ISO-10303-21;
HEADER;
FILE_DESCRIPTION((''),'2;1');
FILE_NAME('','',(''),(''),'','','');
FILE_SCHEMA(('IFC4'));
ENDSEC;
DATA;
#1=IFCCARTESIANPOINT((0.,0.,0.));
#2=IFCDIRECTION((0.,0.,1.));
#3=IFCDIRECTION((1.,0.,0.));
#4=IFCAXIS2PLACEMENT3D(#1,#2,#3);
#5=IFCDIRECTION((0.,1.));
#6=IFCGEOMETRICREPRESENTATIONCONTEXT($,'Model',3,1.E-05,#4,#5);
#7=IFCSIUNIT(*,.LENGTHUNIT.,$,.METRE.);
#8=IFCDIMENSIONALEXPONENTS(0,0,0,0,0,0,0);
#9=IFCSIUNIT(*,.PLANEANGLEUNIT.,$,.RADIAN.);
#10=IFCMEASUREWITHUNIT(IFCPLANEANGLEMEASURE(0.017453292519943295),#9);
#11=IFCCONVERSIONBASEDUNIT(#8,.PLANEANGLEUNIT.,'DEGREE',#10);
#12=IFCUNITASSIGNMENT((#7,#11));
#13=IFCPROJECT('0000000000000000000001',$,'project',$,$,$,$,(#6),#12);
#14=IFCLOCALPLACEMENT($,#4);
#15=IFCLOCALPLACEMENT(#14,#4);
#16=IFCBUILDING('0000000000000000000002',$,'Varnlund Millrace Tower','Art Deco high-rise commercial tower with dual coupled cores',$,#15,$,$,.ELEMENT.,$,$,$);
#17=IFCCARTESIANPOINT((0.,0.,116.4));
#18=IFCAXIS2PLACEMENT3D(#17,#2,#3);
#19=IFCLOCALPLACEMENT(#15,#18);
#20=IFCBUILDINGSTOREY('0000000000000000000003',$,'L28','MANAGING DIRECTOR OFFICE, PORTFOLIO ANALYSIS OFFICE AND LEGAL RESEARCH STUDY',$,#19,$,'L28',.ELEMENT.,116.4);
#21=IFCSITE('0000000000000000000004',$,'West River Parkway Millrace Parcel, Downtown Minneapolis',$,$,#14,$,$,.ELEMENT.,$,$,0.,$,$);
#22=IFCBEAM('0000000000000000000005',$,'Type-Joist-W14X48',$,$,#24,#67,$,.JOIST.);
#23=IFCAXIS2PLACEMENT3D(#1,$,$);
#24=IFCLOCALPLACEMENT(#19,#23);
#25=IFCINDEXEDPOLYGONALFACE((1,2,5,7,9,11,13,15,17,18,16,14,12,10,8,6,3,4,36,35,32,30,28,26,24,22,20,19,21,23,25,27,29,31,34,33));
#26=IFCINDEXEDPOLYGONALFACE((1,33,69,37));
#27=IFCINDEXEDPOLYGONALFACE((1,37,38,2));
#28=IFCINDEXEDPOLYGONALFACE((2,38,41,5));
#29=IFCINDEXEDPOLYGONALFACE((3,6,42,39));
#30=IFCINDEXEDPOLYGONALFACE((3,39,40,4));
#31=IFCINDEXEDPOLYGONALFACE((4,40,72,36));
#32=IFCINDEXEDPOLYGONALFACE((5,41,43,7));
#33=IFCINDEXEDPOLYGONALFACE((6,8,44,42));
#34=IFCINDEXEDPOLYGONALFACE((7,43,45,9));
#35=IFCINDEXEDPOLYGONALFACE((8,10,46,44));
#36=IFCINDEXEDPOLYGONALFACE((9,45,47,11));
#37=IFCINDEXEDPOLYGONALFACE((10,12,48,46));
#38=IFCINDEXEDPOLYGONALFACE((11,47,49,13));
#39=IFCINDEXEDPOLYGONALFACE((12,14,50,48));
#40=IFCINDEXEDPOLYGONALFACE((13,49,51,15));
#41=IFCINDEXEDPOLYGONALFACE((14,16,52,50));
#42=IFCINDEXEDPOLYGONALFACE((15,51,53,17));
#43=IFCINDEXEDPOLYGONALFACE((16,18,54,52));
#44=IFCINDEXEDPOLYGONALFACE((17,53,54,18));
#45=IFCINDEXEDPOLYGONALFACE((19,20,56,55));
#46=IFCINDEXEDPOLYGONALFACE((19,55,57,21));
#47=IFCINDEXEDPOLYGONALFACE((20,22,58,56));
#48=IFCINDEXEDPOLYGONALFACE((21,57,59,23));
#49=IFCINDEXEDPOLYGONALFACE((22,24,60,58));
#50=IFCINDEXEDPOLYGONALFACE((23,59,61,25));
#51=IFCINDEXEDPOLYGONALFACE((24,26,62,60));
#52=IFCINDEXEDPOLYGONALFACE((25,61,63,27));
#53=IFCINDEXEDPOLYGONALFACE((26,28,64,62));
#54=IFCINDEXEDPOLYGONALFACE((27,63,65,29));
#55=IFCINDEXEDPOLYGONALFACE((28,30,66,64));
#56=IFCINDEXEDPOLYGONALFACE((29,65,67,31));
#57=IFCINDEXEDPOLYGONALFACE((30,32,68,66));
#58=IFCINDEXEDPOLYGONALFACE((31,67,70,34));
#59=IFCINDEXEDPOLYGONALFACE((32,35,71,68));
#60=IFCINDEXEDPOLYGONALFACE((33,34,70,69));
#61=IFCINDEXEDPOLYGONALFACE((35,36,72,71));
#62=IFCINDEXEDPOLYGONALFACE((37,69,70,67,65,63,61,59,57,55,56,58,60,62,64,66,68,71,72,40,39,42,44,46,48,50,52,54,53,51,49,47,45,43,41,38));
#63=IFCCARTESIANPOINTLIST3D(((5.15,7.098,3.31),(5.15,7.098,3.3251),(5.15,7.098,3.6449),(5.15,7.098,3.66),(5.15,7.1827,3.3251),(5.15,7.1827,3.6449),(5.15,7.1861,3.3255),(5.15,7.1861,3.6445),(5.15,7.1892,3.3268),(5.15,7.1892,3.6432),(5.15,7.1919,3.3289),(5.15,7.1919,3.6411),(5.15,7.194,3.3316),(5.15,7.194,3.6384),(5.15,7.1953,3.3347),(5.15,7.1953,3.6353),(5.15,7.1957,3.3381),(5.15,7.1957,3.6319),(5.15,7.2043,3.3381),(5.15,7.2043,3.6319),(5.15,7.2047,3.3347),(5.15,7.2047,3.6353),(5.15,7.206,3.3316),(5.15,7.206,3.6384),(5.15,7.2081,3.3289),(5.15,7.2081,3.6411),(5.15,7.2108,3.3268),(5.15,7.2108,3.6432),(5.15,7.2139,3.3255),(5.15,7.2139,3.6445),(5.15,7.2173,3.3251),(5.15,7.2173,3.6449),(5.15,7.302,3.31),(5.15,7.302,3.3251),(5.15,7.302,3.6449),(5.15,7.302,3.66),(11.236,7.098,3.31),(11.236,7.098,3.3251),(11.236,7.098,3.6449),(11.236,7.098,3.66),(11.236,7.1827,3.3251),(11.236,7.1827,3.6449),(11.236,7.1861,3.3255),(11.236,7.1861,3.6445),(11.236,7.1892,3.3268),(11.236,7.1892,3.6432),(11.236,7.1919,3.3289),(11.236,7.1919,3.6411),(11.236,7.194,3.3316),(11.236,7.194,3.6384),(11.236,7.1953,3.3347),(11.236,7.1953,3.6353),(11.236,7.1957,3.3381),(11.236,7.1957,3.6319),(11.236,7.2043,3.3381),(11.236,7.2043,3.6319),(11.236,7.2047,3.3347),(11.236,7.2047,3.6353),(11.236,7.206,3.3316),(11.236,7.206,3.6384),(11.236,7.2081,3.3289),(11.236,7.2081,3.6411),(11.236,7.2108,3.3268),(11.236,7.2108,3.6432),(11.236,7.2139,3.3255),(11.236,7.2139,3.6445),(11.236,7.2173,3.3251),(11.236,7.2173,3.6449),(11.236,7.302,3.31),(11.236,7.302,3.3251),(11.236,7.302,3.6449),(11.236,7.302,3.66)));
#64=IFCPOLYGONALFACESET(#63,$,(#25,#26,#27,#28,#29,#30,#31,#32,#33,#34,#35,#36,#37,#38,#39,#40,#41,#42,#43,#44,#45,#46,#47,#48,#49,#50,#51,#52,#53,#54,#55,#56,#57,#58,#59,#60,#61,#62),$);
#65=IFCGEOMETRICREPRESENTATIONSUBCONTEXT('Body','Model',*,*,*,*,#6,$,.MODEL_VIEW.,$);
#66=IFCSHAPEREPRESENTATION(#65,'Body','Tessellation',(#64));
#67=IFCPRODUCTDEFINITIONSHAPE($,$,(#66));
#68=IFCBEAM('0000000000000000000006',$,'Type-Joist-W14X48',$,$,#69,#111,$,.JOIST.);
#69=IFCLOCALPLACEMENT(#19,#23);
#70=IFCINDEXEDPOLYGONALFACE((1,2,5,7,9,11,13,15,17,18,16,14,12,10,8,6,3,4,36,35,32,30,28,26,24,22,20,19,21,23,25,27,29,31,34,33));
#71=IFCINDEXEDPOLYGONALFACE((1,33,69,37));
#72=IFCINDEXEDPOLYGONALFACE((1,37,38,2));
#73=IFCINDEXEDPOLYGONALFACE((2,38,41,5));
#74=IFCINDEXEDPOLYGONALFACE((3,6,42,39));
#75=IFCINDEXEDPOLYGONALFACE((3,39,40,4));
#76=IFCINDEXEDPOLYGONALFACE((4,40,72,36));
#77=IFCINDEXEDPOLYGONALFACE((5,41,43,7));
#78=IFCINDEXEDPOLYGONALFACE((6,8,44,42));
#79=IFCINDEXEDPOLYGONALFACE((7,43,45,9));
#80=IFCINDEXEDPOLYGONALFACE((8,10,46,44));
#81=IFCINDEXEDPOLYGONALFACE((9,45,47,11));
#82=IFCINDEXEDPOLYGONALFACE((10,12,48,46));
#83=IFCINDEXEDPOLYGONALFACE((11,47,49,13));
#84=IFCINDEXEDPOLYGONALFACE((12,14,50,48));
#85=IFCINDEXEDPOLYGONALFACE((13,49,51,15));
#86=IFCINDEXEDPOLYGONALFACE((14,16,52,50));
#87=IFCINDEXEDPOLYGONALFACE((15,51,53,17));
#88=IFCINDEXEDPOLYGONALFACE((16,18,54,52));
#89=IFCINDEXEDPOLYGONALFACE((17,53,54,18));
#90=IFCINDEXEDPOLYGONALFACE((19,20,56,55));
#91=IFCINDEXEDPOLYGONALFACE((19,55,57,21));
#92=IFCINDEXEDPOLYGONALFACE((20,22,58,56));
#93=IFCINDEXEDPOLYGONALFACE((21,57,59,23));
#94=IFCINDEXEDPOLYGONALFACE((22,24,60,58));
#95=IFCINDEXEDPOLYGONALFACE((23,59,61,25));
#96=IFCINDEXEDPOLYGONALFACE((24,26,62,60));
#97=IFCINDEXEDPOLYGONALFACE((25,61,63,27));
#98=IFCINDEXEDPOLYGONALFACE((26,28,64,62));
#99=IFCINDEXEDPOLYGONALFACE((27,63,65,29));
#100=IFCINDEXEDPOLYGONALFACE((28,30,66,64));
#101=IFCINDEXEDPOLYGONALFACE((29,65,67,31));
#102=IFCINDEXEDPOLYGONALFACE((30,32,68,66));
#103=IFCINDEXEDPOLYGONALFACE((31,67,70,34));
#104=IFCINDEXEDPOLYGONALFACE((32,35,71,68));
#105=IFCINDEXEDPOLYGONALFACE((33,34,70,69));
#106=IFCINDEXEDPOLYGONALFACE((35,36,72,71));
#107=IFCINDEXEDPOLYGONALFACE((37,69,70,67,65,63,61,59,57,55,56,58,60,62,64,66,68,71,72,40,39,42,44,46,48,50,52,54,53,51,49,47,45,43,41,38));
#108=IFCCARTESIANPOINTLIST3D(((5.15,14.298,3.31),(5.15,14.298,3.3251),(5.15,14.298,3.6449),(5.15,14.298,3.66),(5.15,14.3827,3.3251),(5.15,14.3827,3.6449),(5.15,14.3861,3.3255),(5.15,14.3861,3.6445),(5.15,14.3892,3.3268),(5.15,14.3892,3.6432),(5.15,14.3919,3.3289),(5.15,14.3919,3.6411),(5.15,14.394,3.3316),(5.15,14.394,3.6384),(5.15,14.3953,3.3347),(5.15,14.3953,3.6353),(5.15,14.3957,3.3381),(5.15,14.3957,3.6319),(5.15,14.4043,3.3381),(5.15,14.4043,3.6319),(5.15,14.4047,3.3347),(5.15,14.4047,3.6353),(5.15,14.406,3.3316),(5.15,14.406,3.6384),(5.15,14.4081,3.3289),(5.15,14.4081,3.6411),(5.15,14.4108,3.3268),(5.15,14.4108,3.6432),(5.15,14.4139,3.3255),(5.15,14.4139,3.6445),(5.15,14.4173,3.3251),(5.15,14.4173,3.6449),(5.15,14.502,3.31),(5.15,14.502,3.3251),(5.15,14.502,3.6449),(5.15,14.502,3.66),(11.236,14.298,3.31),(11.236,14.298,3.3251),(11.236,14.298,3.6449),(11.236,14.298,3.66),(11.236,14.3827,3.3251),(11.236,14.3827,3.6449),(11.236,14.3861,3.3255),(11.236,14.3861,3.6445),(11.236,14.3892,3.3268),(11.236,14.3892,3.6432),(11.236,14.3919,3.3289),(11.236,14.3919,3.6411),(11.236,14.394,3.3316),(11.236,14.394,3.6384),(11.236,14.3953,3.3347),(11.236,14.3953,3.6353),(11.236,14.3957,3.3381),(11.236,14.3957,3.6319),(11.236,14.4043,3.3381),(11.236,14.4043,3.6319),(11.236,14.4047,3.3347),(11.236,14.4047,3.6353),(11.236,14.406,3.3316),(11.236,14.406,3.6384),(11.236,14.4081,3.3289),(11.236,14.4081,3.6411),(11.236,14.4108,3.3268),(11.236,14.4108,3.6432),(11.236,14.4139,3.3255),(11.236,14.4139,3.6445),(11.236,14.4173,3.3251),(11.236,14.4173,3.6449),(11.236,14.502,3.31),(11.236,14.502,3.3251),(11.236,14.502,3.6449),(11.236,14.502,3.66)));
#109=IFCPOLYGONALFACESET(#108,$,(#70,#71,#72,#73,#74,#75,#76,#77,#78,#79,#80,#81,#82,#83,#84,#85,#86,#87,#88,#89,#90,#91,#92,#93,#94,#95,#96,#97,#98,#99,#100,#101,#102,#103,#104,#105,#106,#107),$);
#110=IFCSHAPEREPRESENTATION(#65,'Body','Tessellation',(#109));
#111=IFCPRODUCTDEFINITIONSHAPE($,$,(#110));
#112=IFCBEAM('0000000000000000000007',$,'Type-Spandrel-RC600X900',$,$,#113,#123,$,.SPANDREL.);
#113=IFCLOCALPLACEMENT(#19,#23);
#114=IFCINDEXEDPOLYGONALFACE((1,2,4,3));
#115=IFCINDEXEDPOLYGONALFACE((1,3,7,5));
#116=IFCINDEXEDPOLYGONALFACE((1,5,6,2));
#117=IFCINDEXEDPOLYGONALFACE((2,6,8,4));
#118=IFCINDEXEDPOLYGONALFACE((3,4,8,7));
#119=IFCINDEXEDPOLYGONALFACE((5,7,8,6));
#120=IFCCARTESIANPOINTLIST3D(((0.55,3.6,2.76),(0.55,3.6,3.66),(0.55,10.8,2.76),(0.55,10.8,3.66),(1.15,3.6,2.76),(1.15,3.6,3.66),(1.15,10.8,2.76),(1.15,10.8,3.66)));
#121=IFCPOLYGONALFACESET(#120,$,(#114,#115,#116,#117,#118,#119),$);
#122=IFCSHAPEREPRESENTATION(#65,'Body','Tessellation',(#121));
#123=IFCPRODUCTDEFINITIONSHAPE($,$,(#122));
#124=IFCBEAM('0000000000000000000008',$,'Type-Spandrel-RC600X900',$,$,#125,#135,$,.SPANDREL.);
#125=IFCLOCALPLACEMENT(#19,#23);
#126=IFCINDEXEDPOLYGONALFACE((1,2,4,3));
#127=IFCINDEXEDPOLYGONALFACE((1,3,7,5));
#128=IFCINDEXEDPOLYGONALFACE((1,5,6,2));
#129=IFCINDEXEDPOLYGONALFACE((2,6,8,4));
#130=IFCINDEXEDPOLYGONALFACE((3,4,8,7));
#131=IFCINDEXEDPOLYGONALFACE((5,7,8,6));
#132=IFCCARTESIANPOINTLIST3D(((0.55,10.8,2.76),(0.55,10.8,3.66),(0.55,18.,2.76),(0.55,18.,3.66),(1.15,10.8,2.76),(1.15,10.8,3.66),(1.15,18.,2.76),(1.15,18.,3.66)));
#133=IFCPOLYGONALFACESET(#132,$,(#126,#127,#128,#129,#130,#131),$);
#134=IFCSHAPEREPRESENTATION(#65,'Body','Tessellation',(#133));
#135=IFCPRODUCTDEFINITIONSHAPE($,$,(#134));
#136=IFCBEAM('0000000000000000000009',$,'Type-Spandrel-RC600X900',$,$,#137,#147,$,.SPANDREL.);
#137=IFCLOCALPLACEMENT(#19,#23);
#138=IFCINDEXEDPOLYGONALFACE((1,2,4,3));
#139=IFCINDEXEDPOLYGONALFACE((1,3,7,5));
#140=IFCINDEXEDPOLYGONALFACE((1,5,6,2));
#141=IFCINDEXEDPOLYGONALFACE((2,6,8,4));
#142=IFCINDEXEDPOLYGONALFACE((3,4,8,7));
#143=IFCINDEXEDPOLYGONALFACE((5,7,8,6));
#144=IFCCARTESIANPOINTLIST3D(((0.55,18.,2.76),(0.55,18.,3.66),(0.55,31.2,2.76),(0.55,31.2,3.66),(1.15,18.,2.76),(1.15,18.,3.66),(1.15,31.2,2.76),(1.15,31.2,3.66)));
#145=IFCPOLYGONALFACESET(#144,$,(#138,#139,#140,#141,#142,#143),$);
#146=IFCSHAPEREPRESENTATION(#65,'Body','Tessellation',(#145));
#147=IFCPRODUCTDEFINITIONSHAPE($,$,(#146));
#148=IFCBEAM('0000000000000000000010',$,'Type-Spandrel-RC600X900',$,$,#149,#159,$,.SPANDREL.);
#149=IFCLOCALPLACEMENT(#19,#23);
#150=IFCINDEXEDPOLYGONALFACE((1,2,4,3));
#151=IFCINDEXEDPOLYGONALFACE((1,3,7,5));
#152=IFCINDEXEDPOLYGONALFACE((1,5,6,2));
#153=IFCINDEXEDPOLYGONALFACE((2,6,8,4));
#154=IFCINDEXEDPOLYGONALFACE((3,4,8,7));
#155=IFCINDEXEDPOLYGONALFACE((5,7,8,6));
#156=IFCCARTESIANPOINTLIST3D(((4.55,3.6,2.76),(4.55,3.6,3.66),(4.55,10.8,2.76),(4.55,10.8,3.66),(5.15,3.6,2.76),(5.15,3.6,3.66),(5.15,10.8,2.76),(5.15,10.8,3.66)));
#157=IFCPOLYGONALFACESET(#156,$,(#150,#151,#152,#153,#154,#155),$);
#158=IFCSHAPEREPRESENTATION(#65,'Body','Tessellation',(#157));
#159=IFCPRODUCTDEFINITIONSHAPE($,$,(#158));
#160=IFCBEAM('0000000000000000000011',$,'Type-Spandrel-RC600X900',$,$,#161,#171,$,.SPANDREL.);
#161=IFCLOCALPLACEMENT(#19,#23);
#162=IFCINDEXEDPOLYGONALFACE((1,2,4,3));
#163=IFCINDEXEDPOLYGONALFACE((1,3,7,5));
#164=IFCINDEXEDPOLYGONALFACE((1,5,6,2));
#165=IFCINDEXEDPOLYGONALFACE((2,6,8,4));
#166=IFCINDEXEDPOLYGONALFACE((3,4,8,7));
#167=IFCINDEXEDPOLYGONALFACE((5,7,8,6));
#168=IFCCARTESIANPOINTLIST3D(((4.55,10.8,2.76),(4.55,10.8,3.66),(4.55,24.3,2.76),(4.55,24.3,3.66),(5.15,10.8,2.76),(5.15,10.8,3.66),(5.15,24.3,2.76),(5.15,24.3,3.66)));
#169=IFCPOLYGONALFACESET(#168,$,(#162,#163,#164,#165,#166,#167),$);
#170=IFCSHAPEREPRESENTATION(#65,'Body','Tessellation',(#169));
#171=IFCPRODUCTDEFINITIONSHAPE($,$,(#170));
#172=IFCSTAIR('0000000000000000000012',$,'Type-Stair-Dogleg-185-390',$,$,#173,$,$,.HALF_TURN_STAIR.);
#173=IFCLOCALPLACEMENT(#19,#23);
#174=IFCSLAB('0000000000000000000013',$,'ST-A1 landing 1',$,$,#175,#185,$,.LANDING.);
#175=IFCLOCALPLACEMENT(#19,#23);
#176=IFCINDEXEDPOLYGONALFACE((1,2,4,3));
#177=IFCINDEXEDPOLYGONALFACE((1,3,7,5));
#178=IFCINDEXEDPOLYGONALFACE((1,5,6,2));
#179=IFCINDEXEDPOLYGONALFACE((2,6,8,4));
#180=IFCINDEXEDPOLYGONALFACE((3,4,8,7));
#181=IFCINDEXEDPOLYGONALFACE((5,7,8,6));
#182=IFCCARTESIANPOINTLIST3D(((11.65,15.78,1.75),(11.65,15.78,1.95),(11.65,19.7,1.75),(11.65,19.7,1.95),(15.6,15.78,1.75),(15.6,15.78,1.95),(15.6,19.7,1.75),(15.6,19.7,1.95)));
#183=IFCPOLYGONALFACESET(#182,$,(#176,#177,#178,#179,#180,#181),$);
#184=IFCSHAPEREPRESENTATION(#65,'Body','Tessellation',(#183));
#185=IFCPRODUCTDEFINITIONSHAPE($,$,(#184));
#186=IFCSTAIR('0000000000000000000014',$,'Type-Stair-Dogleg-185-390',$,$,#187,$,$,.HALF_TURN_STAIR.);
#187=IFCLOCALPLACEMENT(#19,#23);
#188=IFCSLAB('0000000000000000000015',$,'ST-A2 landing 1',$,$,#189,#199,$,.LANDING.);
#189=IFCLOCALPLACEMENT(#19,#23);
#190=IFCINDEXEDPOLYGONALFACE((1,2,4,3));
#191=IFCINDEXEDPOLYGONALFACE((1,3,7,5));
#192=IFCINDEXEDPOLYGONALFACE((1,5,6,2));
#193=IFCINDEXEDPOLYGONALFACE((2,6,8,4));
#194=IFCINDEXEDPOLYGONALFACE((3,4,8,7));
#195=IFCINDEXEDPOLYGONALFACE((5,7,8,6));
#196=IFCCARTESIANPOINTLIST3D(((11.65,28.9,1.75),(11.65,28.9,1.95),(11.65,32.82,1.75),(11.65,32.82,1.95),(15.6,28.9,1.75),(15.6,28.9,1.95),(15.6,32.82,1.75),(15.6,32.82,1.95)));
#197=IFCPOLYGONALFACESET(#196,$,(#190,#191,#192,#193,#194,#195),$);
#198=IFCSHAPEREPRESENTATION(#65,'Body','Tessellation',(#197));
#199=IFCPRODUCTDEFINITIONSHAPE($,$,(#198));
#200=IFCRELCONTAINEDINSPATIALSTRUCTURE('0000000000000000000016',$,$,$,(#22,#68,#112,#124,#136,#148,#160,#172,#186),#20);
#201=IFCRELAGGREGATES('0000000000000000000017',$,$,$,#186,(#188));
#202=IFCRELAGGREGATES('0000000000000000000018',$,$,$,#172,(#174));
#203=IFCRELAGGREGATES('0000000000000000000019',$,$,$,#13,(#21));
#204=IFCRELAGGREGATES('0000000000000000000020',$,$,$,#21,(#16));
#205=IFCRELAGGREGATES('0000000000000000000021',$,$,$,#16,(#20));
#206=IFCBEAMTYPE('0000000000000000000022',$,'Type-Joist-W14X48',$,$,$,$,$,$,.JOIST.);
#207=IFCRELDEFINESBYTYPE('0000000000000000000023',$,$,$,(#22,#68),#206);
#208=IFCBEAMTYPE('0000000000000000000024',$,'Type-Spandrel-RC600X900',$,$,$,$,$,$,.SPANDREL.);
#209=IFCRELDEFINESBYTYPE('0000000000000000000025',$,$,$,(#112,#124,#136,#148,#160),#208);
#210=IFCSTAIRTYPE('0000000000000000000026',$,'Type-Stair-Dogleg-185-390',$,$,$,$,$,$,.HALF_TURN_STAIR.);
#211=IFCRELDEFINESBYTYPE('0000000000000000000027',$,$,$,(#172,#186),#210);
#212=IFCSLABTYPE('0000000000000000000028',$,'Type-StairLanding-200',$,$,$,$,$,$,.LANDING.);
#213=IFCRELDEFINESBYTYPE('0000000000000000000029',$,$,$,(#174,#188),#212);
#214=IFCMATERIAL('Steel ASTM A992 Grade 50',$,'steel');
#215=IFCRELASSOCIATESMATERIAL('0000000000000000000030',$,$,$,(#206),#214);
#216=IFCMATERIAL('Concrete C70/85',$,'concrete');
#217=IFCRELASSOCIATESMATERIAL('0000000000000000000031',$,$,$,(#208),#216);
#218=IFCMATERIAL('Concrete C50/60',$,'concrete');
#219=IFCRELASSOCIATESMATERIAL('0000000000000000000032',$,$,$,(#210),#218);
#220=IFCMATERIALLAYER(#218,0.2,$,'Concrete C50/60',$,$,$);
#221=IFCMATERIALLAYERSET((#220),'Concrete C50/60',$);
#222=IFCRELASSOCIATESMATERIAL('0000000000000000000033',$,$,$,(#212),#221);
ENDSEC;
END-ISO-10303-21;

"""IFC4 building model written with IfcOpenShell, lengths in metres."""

from ifc_helpers import new_model, entity, si_unit, converted_unit, direction, frame, origin_with_axes, origin_2d_with_axis, place, context, subcontext, project, spatial, polyline, rectangle, i_section, outline, extrude, material, layer, layer_set, material_profile, profile_set, type_object, element, aggregate, save


model = new_model("IFC4")

# Units and contexts
model_context = context("Model", 3, precision=1e-05, world=origin_with_axes(), true_north=direction((0.0, 1.0)))
body_context = subcontext(model_context, "Body", "Model", "MODEL_VIEW")
ifc_project = project(units=[si_unit("LENGTHUNIT", "METRE"), converted_unit("PLANEANGLEUNIT", "DEGREE", entity("IfcPlaneAngleMeasure", 0.017453292519943295), si_unit("PLANEANGLEUNIT", "RADIAN"), dimensions=[0, 0, 0, 0, 0, 0, 0])], contexts=[model_context])

# Site, building, storey
site_placement = place(None, origin_with_axes())
site = spatial("IfcSite", under=ifc_project, at=site_placement, Name="West River Parkway Millrace Parcel, Downtown Minneapolis", CompositionType="ELEMENT", RefElevation=0.0)
building_placement = place(site_placement, origin_with_axes())
building = spatial("IfcBuilding", under=site, at=building_placement, Name="Varnlund Millrace Tower", Description="Art Deco high-rise commercial tower with dual coupled cores", CompositionType="ELEMENT")
storey_placement = place(building_placement, frame((0.0, 0.0, 116.4), z_axis=(0.0, 0.0, 1.0), x_axis=(1.0, 0.0, 0.0)))
storey = spatial("IfcBuildingStorey", under=building, at=storey_placement, Name="L28", Description="MANAGING DIRECTOR OFFICE, PORTFOLIO ANALYSIS OFFICE AND LEGAL RESEARCH STUDY", LongName="L28", CompositionType="ELEMENT", Elevation=116.4)

# Beams
ifc_material_1 = material(Name="Steel ASTM A992 Grade 50", Category="steel")
ifc_material_profile_1 = material_profile(ifc_material_1, i_section(OverallWidth=0.204, OverallDepth=0.35, WebThickness=0.0086, FlangeThickness=0.0151, FilletRadius=0.013, at=origin_2d_with_axis()), Name="Steel ASTM A992 Grade 50")
ifc_profile_set_1 = profile_set([ifc_material_profile_1], Name="Steel ASTM A992 Grade 50")
beam_type_1 = type_object("IfcBeamType", Name="Type-Joist-W14X48", PredefinedType="JOIST", material=ifc_profile_set_1)
for number, where, z_axis, x_axis, name in (
    (1, (5.15, 7.2, 3.485), (1.0, 0.0, 0.0), (0.0, 1.0, 0.0), "Type-Joist-W14X48"),
    (2, (5.15, 14.4, 3.485), (1.0, 0.0, 0.0), (0.0, 1.0, 0.0), "Type-Joist-W14X48"),
):
    element("IfcBeam", number, at=place(storey_placement, frame(where, z_axis=z_axis, x_axis=x_axis)), inside=storey, type_object=beam_type_1, Name=name, PredefinedType="JOIST", context=body_context, shape_type="SweptSolid", body=[
        extrude(i_section(OverallWidth=0.204, OverallDepth=0.35, WebThickness=0.0086, FlangeThickness=0.0151, FilletRadius=0.013, at=origin_2d_with_axis()), origin_with_axes(), (0.0, 0.0, 1.0), 6.086),
    ])
ifc_material_2 = material(Name="Concrete C70/85", Category="concrete")
ifc_material_profile_2 = material_profile(ifc_material_2, rectangle(XDim=0.6, YDim=0.9, at=origin_2d_with_axis()), Name="Concrete C70/85")
ifc_profile_set_2 = profile_set([ifc_material_profile_2], Name="Concrete C70/85")
beam_type_2 = type_object("IfcBeamType", Name="Type-Spandrel-RC600X900", PredefinedType="SPANDREL", material=ifc_profile_set_2)
for number, where, z_axis, x_axis, name in (
    (3, (0.85, 3.6, 3.21), (0.0, 1.0, 0.0), (-1.0, 0.0, 0.0), "Type-Spandrel-RC600X900"),
    (4, (0.85, 10.8, 3.21), (0.0, 1.0, 0.0), (-1.0, 0.0, 0.0), "Type-Spandrel-RC600X900"),
):
    element("IfcBeam", number, at=place(storey_placement, frame(where, z_axis=z_axis, x_axis=x_axis)), inside=storey, type_object=beam_type_2, Name=name, PredefinedType="SPANDREL", context=body_context, shape_type="SweptSolid", body=[
        extrude(rectangle(XDim=0.6, YDim=0.9, at=origin_2d_with_axis()), origin_with_axes(), (0.0, 0.0, 1.0), 7.2),
    ])
beam_1_placement = place(storey_placement, frame((0.85, 18.0, 3.21), z_axis=(0.0, 1.0, 0.0), x_axis=(-1.0, 0.0, 0.0)))
element("IfcBeam", 5, at=beam_1_placement, inside=storey, type_object=beam_type_2, Name="Type-Spandrel-RC600X900", PredefinedType="SPANDREL", context=body_context, shape_type="SweptSolid", body=[
    extrude(rectangle(XDim=0.6, YDim=0.9, at=origin_2d_with_axis()), origin_with_axes(), (0.0, 0.0, 1.0), 13.2),
])
beam_2_placement = place(storey_placement, frame((4.85, 3.6, 3.21), z_axis=(0.0, 1.0, 0.0), x_axis=(-1.0, 0.0, 0.0)))
element("IfcBeam", 6, at=beam_2_placement, inside=storey, type_object=beam_type_2, Name="Type-Spandrel-RC600X900", PredefinedType="SPANDREL", context=body_context, shape_type="SweptSolid", body=[
    extrude(rectangle(XDim=0.6, YDim=0.9, at=origin_2d_with_axis()), origin_with_axes(), (0.0, 0.0, 1.0), 7.2),
])
beam_3_placement = place(storey_placement, frame((4.85, 10.8, 3.21), z_axis=(0.0, 1.0, 0.0), x_axis=(-1.0, 0.0, 0.0)))
element("IfcBeam", 7, at=beam_3_placement, inside=storey, type_object=beam_type_2, Name="Type-Spandrel-RC600X900", PredefinedType="SPANDREL", context=body_context, shape_type="SweptSolid", body=[
    extrude(rectangle(XDim=0.6, YDim=0.9, at=origin_2d_with_axis()), origin_with_axes(), (0.0, 0.0, 1.0), 13.5),
])

# Stairs, slabs
ifc_material_3 = material(Name="Concrete C50/60", Category="concrete")
stair_type_1 = type_object("IfcStairType", Name="Type-Stair-Dogleg-185-390", PredefinedType="HALF_TURN_STAIR", material=ifc_material_3)
stair_1_placement = place(storey_placement, origin_with_axes())
stair_1 = element("IfcStair", 8, at=stair_1_placement, inside=storey, type_object=stair_type_1, Name="Type-Stair-Dogleg-185-390", PredefinedType="HALF_TURN_STAIR")
ifc_layer_1 = layer(ifc_material_3, 0.2, Name="Concrete C50/60")
ifc_layer_set_1 = layer_set([ifc_layer_1], Name="Concrete C50/60")
slab_type = type_object("IfcSlabType", Name="Type-StairLanding-200", PredefinedType="LANDING", material=ifc_layer_set_1)
slab_1_placement = place(storey_placement, frame((0.0, 0.0, 1.75), z_axis=(0.0, 0.0, 1.0), x_axis=(1.0, 0.0, 0.0)))
slab_1 = element("IfcSlab", 9, at=slab_1_placement, type_object=slab_type, Name="ST-A1 landing 1", PredefinedType="LANDING", context=body_context, shape_type="SweptSolid", body=[
    extrude(outline(polyline([(15.6, 15.78), (15.6, 19.7), (11.65, 19.7), (11.65, 15.78), (15.6, 15.78)])), origin_with_axes(), (0.0, 0.0, 1.0), 0.2),
])
stair_2_placement = place(storey_placement, origin_with_axes())
stair_2 = element("IfcStair", 10, at=stair_2_placement, inside=storey, type_object=stair_type_1, Name="Type-Stair-Dogleg-185-390", PredefinedType="HALF_TURN_STAIR")
slab_2_placement = place(storey_placement, frame((0.0, 0.0, 1.75), z_axis=(0.0, 0.0, 1.0), x_axis=(1.0, 0.0, 0.0)))
slab_2 = element("IfcSlab", 11, at=slab_2_placement, type_object=slab_type, Name="ST-A2 landing 1", PredefinedType="LANDING", context=body_context, shape_type="SweptSolid", body=[
    extrude(outline(polyline([(11.65, 32.82), (11.65, 28.9), (15.6, 28.9), (15.6, 32.82), (11.65, 32.82)])), origin_with_axes(), (0.0, 0.0, 1.0), 0.2),
])
aggregate(stair_2, [slab_2])

aggregate(stair_1, [slab_1])

save(model, "model.ifc")
